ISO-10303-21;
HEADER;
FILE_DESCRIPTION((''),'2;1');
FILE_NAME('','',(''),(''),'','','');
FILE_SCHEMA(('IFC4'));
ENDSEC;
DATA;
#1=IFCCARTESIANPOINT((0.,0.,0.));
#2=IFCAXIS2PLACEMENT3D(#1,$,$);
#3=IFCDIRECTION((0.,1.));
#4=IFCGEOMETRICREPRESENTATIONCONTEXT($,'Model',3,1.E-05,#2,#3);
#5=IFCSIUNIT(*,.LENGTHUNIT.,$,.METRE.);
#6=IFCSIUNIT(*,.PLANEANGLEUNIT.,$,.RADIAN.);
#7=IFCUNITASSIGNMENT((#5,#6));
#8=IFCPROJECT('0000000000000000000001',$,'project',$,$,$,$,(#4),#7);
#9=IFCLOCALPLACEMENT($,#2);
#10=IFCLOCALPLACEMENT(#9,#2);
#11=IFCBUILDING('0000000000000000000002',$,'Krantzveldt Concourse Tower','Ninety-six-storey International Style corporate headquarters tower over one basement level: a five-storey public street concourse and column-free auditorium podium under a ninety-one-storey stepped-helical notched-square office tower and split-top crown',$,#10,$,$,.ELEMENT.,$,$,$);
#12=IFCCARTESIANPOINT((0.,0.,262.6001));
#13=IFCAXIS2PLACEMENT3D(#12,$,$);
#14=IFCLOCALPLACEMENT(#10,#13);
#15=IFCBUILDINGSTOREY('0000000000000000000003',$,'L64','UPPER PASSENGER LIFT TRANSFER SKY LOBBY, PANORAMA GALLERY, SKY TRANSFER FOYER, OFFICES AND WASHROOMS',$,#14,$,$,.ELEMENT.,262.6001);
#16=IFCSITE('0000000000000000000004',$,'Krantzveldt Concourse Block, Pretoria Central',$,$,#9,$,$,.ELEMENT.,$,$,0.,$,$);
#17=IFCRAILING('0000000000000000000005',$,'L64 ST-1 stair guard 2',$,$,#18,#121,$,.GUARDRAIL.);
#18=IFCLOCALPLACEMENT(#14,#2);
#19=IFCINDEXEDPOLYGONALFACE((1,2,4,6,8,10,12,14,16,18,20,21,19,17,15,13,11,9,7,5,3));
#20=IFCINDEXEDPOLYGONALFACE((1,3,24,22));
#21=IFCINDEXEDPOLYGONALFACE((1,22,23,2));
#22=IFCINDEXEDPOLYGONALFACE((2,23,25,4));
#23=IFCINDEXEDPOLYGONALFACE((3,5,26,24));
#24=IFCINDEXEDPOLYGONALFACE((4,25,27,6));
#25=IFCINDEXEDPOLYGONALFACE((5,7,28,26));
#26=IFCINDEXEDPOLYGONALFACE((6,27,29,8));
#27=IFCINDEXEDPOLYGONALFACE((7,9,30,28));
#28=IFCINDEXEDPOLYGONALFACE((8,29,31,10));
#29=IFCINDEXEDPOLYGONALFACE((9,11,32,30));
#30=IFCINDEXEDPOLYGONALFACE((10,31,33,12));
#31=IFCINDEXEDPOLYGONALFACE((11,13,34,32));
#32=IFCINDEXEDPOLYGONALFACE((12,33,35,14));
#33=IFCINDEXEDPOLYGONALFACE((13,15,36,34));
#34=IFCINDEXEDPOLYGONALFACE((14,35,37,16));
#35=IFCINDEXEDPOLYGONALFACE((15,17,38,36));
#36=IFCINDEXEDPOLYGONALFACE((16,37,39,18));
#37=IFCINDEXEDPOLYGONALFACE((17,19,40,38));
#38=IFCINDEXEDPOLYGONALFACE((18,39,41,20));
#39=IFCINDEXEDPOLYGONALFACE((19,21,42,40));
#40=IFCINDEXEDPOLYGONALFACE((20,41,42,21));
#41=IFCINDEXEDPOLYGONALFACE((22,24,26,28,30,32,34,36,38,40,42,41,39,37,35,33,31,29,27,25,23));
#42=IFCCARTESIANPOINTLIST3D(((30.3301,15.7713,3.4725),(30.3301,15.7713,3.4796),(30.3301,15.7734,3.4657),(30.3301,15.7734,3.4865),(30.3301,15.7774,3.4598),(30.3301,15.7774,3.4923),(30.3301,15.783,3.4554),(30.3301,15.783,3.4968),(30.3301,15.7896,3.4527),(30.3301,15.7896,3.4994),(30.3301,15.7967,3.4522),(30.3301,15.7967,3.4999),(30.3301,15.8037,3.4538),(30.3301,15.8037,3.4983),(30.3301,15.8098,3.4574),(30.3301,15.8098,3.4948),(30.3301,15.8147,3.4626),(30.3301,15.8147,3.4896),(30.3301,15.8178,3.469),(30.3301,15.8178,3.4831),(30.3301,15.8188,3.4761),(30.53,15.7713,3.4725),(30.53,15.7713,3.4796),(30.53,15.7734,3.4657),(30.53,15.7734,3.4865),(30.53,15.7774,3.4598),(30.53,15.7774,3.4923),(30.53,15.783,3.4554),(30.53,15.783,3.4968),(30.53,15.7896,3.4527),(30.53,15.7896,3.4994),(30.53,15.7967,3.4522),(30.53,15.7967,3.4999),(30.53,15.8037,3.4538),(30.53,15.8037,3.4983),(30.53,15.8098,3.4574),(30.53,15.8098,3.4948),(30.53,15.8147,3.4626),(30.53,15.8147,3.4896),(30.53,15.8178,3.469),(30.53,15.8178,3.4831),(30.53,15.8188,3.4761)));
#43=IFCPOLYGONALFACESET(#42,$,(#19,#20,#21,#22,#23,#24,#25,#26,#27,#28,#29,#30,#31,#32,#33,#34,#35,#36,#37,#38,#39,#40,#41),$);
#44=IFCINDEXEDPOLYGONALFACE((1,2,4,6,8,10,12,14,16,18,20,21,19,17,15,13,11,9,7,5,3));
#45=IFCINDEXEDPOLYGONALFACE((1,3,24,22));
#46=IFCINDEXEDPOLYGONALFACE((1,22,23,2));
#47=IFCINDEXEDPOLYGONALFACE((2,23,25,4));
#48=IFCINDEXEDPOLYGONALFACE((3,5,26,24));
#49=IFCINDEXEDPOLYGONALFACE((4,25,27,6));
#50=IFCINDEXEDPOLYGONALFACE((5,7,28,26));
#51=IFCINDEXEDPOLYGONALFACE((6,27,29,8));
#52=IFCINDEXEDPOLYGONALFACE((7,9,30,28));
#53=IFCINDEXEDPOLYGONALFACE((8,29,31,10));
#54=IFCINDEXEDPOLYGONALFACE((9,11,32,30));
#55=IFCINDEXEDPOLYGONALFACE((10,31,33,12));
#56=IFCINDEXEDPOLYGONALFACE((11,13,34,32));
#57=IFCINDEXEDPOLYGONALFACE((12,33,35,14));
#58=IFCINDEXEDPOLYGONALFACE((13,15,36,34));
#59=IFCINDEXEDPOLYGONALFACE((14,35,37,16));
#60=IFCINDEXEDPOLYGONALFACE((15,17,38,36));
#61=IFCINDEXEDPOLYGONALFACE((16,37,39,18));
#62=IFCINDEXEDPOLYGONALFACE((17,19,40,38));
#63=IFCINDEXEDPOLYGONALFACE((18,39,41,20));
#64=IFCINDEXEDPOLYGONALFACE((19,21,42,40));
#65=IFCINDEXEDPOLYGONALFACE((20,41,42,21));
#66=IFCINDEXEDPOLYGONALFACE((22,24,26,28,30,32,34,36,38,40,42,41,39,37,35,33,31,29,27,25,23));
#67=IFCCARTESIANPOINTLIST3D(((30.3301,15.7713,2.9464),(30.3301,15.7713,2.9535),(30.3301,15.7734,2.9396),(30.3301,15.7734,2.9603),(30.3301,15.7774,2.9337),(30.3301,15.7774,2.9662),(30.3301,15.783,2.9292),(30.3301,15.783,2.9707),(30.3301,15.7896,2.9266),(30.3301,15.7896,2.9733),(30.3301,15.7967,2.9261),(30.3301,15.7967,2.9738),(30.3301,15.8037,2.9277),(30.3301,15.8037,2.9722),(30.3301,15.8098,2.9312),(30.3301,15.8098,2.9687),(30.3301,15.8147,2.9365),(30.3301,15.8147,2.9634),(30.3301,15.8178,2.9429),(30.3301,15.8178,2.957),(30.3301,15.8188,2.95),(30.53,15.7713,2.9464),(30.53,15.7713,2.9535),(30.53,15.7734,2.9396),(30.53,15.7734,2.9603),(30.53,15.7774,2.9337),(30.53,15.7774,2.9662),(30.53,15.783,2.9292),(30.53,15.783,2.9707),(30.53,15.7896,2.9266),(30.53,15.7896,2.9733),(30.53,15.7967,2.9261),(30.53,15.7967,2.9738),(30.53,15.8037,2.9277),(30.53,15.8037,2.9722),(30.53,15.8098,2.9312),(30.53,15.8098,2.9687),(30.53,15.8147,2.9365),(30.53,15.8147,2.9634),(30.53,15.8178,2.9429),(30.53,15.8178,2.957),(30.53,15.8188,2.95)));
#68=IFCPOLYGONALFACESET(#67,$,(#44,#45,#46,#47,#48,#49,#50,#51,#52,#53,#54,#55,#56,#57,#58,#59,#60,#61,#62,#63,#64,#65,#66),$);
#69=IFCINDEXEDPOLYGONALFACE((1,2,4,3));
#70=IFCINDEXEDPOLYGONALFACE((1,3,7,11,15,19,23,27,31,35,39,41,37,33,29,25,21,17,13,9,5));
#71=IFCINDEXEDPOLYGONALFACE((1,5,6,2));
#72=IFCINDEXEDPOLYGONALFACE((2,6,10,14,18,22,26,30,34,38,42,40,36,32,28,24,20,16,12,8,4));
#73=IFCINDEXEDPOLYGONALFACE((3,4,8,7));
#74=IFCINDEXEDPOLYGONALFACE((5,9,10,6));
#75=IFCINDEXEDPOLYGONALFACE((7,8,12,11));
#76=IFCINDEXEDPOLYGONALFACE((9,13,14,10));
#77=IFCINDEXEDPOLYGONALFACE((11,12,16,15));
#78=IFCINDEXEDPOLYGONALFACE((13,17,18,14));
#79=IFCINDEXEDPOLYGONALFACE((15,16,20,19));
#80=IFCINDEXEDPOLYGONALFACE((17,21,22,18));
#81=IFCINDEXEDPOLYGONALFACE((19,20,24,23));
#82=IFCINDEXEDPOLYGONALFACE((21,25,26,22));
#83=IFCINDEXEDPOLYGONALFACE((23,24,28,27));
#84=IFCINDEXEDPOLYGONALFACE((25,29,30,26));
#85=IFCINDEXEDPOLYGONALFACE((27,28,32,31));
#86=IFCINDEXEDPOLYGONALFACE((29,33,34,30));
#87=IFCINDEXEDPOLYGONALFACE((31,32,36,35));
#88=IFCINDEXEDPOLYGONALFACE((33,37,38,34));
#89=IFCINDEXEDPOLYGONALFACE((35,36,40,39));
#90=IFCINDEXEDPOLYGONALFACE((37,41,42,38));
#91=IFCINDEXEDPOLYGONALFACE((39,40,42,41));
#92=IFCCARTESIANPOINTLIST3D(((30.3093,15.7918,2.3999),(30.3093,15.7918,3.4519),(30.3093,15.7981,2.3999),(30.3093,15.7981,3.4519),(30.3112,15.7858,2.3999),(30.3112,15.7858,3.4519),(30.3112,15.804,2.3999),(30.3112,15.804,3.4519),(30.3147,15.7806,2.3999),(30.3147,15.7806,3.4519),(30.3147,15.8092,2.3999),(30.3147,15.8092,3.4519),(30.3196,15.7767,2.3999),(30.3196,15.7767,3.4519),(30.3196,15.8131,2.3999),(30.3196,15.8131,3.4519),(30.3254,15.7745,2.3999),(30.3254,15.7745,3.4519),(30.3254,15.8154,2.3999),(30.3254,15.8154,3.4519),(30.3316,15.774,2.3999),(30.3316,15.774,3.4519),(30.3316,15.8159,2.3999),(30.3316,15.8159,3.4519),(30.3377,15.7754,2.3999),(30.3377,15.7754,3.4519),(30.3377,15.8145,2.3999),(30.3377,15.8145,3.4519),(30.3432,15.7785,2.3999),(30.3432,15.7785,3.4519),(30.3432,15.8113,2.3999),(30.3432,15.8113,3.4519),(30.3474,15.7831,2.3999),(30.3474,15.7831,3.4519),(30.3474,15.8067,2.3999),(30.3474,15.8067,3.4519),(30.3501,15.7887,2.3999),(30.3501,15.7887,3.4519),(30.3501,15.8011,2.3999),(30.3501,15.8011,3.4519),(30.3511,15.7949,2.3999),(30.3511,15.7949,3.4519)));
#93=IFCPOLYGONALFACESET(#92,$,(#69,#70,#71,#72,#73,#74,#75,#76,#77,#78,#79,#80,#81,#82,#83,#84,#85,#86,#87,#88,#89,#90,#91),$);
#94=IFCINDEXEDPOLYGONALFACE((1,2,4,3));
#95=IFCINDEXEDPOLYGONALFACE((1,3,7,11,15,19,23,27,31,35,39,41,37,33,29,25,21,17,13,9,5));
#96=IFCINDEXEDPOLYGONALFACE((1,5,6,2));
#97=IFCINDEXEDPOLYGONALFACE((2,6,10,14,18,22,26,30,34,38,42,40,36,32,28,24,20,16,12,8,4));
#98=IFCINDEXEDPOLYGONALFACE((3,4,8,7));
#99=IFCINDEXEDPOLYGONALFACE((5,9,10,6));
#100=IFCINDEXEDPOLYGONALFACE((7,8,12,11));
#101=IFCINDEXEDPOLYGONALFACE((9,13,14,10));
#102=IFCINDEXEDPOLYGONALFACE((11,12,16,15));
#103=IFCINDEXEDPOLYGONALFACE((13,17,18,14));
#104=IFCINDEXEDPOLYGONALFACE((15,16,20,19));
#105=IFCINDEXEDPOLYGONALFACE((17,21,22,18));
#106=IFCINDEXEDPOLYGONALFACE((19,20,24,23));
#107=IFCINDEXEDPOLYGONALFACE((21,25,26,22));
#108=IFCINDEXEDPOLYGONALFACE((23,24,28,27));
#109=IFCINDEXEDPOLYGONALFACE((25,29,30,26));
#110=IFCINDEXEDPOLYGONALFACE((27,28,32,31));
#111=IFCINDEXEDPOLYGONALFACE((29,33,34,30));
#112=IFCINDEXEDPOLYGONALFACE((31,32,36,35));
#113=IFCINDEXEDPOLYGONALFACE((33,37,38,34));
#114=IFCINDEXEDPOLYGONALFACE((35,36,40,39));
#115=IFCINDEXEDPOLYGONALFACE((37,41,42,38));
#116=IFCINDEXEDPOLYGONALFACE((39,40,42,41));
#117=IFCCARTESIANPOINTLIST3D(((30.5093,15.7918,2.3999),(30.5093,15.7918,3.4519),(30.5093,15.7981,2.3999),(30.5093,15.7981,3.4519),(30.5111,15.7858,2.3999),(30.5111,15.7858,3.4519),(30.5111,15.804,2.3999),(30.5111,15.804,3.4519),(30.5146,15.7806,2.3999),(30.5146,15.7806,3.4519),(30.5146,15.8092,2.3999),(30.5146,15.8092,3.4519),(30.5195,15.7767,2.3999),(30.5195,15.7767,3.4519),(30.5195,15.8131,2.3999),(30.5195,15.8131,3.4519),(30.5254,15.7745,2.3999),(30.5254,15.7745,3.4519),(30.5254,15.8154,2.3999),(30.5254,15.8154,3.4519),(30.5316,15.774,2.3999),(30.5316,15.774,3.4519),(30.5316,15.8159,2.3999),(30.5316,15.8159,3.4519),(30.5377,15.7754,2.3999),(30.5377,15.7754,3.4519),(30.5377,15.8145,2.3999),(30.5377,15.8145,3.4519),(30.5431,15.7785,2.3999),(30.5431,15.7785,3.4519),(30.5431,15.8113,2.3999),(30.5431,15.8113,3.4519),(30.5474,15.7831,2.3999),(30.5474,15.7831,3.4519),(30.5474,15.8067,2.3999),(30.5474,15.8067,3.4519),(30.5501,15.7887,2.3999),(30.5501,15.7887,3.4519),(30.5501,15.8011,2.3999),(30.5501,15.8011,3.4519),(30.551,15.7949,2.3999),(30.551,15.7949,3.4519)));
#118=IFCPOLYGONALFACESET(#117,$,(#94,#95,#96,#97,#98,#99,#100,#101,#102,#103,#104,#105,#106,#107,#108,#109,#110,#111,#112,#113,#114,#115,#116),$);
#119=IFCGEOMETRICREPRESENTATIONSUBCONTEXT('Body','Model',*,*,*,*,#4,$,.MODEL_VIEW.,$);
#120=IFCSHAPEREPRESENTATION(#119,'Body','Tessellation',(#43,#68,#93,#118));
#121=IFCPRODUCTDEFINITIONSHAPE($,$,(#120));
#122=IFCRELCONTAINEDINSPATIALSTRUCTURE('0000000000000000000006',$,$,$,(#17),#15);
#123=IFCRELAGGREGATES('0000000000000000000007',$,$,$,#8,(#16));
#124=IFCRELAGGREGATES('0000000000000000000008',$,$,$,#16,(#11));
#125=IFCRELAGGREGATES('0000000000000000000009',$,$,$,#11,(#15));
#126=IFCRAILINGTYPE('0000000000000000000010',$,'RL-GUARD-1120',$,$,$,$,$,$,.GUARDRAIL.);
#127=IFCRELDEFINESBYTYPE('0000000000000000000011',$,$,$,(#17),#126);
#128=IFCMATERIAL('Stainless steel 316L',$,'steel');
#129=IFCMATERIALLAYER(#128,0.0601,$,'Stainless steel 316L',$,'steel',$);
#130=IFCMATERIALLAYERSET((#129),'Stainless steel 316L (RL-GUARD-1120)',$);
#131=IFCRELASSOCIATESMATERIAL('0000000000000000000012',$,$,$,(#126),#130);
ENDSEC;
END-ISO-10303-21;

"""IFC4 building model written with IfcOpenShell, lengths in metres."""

from ifc_helpers import new_model, si_unit, direction, frame, origin, origin_2d, place, context, subcontext, project, spatial, circle, extrude, material, layer, layer_set, type_object, element, save


model = new_model("IFC4")

# Units and contexts
model_context = context("Model", 3, precision=1e-05, world=origin(), true_north=direction((0.0, 1.0)))
body_context = subcontext(model_context, "Body", "Model", "MODEL_VIEW")
ifc_project = project(units=[si_unit("LENGTHUNIT", "METRE"), si_unit("PLANEANGLEUNIT", "RADIAN")], contexts=[model_context])

# Site, building, storey
site_placement = place(None, origin())
site = spatial("IfcSite", under=ifc_project, at=site_placement, Name="Krantzveldt Concourse Block, Pretoria Central", CompositionType="ELEMENT", RefElevation=0.0)
building_placement = place(site_placement, origin())
building = spatial("IfcBuilding", under=site, at=building_placement, Name="Krantzveldt Concourse Tower", Description="Ninety-six-storey International Style corporate headquarters tower over one basement level: a five-storey public street concourse and column-free auditorium podium under a ninety-one-storey stepped-helical notched-square office tower and split-top crown", CompositionType="ELEMENT")
storey_placement = place(building_placement, frame((0.0, 0.0, 262.6001)))
storey = spatial("IfcBuildingStorey", under=building, at=storey_placement, Name="L64", Description="UPPER PASSENGER LIFT TRANSFER SKY LOBBY, PANORAMA GALLERY, SKY TRANSFER FOYER, OFFICES AND WASHROOMS", CompositionType="ELEMENT", Elevation=262.6001)

# Shared definitions
ifc_material_1 = material(Name="Stainless steel 316L", Category="steel")

# Railing
ifc_layer_1 = layer(ifc_material_1, 0.0601, Name="Stainless steel 316L", Category="steel")
ifc_layer_set_1 = layer_set([ifc_layer_1], Name="Stainless steel 316L (RL-GUARD-1120)")
railing_type_1 = type_object("IfcRailingType", Name="RL-GUARD-1120", PredefinedType="GUARDRAIL", material=ifc_layer_set_1)
railing_1_placement = place(storey_placement, frame((30.3301, 15.7949, 2.3999)))
element("IfcRailing", 1, at=railing_1_placement, inside=storey, type_object=railing_type_1, Name="L64 ST-1 stair guard 2", PredefinedType="GUARDRAIL", context=body_context, shape_type="SweptSolid", body=[
    extrude(circle(Radius=0.0239, at=origin_2d()), frame((0.0, 0.0, 1.0762), z_axis=(1.0, 0.0, 0.0), x_axis=(0.0, 1.0, 0.0)), (0.0, 0.0, 1.0), 0.2),
    extrude(circle(Radius=0.0239, at=origin_2d()), frame((0.0, 0.0, 0.55), z_axis=(1.0, 0.0, 0.0), x_axis=(0.0, 1.0, 0.0)), (0.0, 0.0, 1.0), 0.2),
    extrude(circle(Radius=0.021, at=origin_2d()), origin(), (0.0, 0.0, 1.0), 1.052),
    extrude(circle(Radius=0.021, at=origin_2d()), frame((0.2, 0.0, 0.0)), (0.0, 0.0, 1.0), 1.052),
])

save(model, "model.ifc")
